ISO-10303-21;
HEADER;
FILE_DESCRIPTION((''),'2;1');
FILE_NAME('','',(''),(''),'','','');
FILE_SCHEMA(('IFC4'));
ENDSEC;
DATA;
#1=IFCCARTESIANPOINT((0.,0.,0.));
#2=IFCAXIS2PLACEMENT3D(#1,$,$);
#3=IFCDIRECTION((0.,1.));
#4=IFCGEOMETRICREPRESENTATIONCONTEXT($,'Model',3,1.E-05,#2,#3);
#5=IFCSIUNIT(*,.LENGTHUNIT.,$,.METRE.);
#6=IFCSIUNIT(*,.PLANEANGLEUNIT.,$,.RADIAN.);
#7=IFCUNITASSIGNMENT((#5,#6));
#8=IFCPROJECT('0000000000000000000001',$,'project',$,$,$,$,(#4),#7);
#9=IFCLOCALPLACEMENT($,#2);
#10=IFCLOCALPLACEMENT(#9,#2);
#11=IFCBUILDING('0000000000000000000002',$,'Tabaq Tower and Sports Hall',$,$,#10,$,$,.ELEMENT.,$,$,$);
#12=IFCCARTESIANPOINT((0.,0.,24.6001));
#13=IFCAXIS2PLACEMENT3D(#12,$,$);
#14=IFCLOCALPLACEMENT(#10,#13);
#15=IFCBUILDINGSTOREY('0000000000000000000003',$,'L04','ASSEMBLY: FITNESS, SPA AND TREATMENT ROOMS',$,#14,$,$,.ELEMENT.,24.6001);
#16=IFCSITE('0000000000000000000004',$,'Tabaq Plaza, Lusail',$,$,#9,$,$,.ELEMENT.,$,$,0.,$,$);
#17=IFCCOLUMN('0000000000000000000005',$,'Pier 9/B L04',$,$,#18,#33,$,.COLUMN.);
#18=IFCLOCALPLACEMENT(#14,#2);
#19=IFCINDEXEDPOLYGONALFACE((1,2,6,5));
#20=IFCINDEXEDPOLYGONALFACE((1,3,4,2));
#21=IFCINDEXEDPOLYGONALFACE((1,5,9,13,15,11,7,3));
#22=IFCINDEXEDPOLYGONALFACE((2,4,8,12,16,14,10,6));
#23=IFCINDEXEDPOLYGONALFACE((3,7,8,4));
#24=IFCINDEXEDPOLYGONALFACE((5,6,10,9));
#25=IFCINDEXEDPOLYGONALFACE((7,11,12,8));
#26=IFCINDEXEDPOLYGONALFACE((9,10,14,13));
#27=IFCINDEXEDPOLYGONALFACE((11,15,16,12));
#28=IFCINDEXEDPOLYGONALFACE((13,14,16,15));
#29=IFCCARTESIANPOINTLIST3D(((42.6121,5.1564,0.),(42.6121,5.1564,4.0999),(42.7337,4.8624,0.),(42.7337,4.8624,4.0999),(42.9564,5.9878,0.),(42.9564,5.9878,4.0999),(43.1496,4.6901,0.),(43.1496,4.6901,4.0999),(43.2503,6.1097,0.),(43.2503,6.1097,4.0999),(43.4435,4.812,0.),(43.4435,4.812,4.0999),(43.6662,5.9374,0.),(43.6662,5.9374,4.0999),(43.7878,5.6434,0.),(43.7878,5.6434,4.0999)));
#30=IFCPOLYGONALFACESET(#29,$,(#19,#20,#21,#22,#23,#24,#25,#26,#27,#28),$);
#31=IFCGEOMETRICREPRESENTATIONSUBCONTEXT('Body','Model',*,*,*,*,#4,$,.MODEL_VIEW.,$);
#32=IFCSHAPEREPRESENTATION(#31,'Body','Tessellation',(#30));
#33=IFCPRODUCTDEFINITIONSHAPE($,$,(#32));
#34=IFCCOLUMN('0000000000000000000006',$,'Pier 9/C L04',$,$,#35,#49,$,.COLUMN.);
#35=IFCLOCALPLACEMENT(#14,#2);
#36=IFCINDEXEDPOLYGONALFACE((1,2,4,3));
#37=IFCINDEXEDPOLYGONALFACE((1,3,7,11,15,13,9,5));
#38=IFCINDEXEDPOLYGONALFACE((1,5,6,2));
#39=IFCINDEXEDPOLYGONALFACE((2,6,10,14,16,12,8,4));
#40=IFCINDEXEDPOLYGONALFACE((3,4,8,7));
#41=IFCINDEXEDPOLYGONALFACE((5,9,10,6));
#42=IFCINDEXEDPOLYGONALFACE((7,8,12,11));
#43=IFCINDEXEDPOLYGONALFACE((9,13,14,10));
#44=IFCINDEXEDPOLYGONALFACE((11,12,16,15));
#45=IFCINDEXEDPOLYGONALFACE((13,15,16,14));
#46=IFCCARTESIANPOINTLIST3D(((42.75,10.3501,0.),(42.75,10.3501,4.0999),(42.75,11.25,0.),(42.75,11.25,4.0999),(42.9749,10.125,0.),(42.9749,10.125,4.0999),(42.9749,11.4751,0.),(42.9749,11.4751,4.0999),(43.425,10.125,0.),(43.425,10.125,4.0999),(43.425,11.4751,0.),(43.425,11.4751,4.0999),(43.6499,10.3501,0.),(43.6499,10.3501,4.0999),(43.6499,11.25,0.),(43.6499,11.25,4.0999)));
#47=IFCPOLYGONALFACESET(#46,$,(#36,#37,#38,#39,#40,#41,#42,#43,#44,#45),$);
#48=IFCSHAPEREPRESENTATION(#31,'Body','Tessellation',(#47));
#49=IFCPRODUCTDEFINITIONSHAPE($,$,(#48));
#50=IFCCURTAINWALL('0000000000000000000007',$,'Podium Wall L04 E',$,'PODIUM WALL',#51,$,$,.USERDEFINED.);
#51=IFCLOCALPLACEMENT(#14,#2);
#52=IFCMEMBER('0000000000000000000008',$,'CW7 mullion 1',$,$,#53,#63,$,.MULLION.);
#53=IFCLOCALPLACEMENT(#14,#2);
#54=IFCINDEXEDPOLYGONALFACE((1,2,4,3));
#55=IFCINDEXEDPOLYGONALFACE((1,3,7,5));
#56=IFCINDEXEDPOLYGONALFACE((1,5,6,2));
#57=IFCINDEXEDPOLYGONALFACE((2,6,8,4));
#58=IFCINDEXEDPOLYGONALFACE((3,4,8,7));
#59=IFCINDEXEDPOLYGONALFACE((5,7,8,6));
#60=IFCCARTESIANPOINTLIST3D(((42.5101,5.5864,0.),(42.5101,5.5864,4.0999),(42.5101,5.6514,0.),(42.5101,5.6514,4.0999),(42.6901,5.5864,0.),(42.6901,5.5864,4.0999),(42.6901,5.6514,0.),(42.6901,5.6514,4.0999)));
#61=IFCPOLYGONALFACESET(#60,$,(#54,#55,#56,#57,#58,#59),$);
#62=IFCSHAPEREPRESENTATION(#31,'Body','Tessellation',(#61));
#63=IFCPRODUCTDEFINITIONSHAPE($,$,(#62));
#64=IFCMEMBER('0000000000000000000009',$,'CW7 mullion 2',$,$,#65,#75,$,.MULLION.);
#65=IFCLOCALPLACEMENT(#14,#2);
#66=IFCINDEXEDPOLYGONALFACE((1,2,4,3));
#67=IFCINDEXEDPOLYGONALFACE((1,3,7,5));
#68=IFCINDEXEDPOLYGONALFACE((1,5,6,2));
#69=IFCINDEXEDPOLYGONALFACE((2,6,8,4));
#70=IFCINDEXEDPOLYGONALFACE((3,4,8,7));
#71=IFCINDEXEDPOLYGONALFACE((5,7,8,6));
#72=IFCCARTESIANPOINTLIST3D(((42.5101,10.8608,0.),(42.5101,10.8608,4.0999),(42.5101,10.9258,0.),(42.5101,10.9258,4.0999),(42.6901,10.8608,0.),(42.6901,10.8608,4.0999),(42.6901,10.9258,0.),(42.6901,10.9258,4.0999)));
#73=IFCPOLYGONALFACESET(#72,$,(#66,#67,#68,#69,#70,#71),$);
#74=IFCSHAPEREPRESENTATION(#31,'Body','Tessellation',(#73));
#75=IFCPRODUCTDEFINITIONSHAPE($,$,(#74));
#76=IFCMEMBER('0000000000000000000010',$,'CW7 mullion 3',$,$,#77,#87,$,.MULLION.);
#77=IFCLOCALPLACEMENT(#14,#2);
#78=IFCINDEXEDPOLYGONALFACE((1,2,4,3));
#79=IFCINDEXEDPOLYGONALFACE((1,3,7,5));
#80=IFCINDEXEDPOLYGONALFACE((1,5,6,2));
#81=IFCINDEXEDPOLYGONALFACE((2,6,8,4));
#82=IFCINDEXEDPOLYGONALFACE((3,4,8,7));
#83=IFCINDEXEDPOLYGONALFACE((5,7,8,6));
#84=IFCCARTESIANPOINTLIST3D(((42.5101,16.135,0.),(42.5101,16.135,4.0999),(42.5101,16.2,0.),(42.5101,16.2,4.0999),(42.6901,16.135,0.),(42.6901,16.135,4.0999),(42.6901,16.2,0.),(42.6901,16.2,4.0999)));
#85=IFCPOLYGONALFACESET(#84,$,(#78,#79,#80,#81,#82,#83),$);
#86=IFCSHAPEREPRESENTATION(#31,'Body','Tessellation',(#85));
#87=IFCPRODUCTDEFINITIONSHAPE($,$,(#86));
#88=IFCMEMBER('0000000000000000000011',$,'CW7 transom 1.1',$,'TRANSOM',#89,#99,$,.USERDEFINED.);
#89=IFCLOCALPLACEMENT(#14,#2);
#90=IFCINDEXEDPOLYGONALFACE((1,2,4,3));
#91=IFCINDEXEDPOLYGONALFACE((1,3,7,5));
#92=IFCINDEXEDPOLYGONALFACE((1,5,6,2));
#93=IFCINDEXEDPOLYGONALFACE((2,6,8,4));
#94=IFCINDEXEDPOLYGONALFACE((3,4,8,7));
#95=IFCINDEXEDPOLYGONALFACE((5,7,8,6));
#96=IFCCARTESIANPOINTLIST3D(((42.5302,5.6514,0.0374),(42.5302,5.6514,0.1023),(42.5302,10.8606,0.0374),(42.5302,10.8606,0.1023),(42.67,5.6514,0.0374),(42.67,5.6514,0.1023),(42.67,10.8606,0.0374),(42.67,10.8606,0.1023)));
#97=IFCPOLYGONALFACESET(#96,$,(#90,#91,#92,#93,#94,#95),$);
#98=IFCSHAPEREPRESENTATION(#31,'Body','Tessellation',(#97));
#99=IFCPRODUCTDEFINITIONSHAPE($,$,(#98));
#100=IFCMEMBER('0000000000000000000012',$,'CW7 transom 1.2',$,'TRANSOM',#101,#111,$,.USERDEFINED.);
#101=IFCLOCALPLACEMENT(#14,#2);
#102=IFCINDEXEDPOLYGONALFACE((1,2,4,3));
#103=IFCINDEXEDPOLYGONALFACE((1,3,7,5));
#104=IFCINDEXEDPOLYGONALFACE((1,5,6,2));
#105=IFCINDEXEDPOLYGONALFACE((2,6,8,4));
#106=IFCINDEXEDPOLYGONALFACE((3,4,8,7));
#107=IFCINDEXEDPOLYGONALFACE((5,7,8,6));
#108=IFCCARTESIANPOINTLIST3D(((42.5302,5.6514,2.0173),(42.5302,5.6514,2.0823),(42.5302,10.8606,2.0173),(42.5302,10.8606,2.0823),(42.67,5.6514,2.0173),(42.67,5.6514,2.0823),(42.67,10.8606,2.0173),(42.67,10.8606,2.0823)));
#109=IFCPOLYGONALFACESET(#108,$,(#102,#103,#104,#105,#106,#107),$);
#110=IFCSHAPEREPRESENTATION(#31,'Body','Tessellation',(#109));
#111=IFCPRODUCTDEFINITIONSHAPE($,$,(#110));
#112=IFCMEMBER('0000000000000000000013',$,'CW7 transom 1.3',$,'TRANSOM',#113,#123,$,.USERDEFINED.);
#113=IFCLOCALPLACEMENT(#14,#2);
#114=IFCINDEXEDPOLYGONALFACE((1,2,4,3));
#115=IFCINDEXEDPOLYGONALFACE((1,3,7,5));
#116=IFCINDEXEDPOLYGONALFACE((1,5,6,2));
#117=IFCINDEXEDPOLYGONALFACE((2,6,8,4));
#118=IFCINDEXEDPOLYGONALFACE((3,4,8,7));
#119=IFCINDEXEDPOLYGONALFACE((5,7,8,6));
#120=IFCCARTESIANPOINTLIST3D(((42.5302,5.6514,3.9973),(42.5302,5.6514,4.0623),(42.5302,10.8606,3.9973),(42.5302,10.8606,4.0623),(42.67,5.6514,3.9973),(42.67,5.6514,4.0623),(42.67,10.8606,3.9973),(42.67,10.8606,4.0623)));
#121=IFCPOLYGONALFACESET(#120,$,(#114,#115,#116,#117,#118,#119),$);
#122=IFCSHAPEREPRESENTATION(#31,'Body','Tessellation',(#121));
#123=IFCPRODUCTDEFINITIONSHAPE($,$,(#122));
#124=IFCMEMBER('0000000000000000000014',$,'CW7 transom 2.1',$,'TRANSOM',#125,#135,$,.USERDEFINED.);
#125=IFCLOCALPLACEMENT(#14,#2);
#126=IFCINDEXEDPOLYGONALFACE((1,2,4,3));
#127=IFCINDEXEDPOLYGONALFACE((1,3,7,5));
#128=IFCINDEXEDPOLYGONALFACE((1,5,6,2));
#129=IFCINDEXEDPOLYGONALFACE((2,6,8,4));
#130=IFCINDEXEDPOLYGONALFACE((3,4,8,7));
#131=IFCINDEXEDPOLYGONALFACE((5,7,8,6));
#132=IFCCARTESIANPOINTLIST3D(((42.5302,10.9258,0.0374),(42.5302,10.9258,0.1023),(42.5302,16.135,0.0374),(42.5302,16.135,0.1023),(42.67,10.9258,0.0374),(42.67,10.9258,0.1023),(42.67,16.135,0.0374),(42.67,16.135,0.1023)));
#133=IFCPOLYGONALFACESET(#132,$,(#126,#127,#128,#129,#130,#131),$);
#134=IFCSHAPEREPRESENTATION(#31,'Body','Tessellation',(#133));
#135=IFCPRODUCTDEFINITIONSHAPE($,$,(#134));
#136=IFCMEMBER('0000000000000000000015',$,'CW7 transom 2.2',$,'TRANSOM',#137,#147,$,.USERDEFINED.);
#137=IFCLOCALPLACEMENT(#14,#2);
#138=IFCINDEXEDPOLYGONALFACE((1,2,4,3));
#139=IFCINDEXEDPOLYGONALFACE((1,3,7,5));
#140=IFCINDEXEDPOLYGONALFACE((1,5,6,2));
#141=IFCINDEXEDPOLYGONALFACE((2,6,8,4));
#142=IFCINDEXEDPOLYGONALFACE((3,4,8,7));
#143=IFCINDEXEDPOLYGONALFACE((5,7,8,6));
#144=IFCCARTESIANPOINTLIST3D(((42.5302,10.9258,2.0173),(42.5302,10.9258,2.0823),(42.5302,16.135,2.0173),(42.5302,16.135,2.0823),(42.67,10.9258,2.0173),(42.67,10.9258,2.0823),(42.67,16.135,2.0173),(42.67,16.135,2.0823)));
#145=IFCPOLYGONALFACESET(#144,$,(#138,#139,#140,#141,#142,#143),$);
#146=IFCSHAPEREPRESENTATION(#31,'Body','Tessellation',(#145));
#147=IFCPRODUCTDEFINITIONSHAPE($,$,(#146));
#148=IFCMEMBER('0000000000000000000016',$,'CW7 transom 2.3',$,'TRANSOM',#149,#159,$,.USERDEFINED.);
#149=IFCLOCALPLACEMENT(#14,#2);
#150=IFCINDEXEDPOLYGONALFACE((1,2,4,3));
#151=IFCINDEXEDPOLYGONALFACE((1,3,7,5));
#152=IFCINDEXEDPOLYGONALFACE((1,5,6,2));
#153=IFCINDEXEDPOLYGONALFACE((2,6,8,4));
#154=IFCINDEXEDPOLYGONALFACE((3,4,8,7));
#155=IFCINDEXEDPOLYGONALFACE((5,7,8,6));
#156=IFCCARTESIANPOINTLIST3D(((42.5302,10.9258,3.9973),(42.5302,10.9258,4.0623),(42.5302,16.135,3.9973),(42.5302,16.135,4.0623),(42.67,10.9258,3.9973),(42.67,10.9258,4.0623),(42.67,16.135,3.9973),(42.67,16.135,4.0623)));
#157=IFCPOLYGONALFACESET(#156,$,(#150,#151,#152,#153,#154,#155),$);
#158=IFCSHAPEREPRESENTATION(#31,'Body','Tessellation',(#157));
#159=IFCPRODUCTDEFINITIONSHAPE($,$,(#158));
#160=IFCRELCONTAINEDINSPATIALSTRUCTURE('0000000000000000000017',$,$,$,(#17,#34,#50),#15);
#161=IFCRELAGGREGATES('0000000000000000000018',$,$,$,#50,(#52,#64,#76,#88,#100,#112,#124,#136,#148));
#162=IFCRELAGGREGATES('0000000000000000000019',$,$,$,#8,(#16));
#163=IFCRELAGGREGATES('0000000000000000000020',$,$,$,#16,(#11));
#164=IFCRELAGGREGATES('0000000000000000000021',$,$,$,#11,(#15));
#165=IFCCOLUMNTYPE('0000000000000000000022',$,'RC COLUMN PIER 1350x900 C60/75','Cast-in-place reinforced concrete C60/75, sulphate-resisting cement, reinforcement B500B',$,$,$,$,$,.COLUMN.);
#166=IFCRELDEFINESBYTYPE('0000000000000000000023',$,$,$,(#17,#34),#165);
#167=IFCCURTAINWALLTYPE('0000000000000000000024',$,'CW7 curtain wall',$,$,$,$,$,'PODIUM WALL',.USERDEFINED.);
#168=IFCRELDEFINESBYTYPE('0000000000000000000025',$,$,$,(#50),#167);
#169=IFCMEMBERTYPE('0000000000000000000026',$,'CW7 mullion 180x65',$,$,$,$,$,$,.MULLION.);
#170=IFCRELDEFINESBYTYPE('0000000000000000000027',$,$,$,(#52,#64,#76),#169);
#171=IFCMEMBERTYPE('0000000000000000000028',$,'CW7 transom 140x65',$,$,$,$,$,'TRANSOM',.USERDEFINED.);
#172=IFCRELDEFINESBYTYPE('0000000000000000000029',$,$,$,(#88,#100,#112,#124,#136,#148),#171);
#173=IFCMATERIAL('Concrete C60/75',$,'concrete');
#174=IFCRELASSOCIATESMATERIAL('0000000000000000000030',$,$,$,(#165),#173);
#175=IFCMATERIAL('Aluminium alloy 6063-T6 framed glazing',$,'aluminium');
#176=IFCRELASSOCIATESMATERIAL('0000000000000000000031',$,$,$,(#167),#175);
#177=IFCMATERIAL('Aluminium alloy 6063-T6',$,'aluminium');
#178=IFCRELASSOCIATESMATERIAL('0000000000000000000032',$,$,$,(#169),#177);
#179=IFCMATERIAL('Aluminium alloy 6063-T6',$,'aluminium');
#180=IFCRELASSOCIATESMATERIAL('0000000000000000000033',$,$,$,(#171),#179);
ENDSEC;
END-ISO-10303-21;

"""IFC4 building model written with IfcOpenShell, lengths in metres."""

from ifc_helpers import new_model, si_unit, direction, frame, origin, origin_2d, place, context, subcontext, project, spatial, polyline, rectangle, outline, extrude, material, material_profile, profile_set, type_object, element, aggregate, save


model = new_model("IFC4")

# Units and contexts
model_context = context("Model", 3, precision=1e-05, world=origin(), true_north=direction((0.0, 1.0)))
body_context = subcontext(model_context, "Body", "Model", "MODEL_VIEW")
ifc_project = project(units=[si_unit("LENGTHUNIT", "METRE"), si_unit("PLANEANGLEUNIT", "RADIAN")], contexts=[model_context])

# Site, building, storey
site_placement = place(None, origin())
site = spatial("IfcSite", under=ifc_project, at=site_placement, Name="Tabaq Plaza, Lusail", CompositionType="ELEMENT", RefElevation=0.0)
building_placement = place(site_placement, origin())
building = spatial("IfcBuilding", under=site, at=building_placement, Name="Tabaq Tower and Sports Hall", CompositionType="ELEMENT")
storey_placement = place(building_placement, frame((0.0, 0.0, 24.6001)))
storey = spatial("IfcBuildingStorey", under=building, at=storey_placement, Name="L04", Description="ASSEMBLY: FITNESS, SPA AND TREATMENT ROOMS", CompositionType="ELEMENT", Elevation=24.6001)

# Columns
ifc_material_1 = material(Name="Concrete C60/75", Category="concrete")
ifc_material_profile_1 = material_profile(ifc_material_1, outline(polyline([(-0.45, -0.45), (0.45, -0.45), (0.675, -0.2251), (0.675, 0.2251), (0.45, 0.45), (-0.45, 0.45), (-0.675, 0.2251), (-0.675, -0.2251), (-0.45, -0.45)])), Name="PIER 1350x900")
ifc_profile_set_1 = profile_set([ifc_material_profile_1], Name="Concrete C60/75")
column_type = type_object("IfcColumnType", Name="RC COLUMN PIER 1350x900 C60/75", Description="Cast-in-place reinforced concrete C60/75, sulphate-resisting cement, reinforcement B500B", PredefinedType="COLUMN", material=ifc_profile_set_1)
for number, where, z_axis, x_axis, name in (
    (1, (43.2, 5.3999, 0.0), (0.0, 0.0, 1.0), (0.382683, 0.92388, 0.0), "Pier 9/B L04"),
    (2, (43.2, 10.8, 0.0), (0.0, 0.0, 1.0), (0.0, 1.0, 0.0), "Pier 9/C L04"),
):
    element("IfcColumn", number, at=place(storey_placement, frame(where, z_axis=z_axis, x_axis=x_axis)), inside=storey, type_object=column_type, Name=name, PredefinedType="COLUMN", context=body_context, shape_type="SweptSolid", body=[
        extrude(outline(polyline([(-0.45, -0.45), (0.45, -0.45), (0.675, -0.2251), (0.675, 0.2251), (0.45, 0.45), (-0.45, 0.45), (-0.675, 0.2251), (-0.675, -0.2251), (-0.45, -0.45)])), origin(), (0.0, 0.0, 1.0), 4.0999),
    ])

# Curtain wall, members
ifc_material_2 = material(Name="Aluminium alloy 6063-T6 framed glazing", Category="aluminium")
curtain_wall_type = type_object("IfcCurtainWallType", Name="CW7 curtain wall", ElementType="PODIUM WALL", PredefinedType="USERDEFINED", material=ifc_material_2)
curtain_wall_placement = place(storey_placement, origin())
curtain_wall = element("IfcCurtainWall", 3, at=curtain_wall_placement, inside=storey, type_object=curtain_wall_type, Name="Podium Wall L04 E", ObjectType="PODIUM WALL", PredefinedType="USERDEFINED")
ifc_material_3 = material(Name="Aluminium alloy 6063-T6", Category="aluminium")
ifc_material_profile_2 = material_profile(ifc_material_3, rectangle(XDim=0.1799, YDim=0.0649, at=origin_2d()), Name="MULLION 180x65")
ifc_profile_set_2 = profile_set([ifc_material_profile_2], Name="Aluminium alloy 6063-T6")
member_type_1 = type_object("IfcMemberType", Name="CW7 mullion 180x65", PredefinedType="MULLION", material=ifc_profile_set_2)
member_1_placement = place(storey_placement, frame((42.6001, 5.6189, 0.0), z_axis=(0.0, 0.0, 1.0), x_axis=(-1.0, 0.0, 0.0)))
member_1 = element("IfcMember", 4, at=member_1_placement, type_object=member_type_1, Name="CW7 mullion 1", PredefinedType="MULLION", context=body_context, shape_type="SweptSolid", body=[
    extrude(rectangle(XDim=0.1799, YDim=0.0649, at=origin_2d()), origin(), (0.0, 0.0, 1.0), 4.0999),
])
member_2_placement = place(storey_placement, frame((42.6001, 10.8933, 0.0), z_axis=(0.0, 0.0, 1.0), x_axis=(-1.0, 0.0, 0.0)))
member_2 = element("IfcMember", 5, at=member_2_placement, type_object=member_type_1, Name="CW7 mullion 2", PredefinedType="MULLION", context=body_context, shape_type="SweptSolid", body=[
    extrude(rectangle(XDim=0.1799, YDim=0.0649, at=origin_2d()), origin(), (0.0, 0.0, 1.0), 4.0999),
])
member_3_placement = place(storey_placement, frame((42.6001, 16.1675, 0.0), z_axis=(0.0, 0.0, 1.0), x_axis=(-1.0, 0.0, 0.0)))
member_3 = element("IfcMember", 6, at=member_3_placement, type_object=member_type_1, Name="CW7 mullion 3", PredefinedType="MULLION", context=body_context, shape_type="SweptSolid", body=[
    extrude(rectangle(XDim=0.1799, YDim=0.0649, at=origin_2d()), origin(), (0.0, 0.0, 1.0), 4.0999),
])
ifc_material_4 = material(Name="Aluminium alloy 6063-T6", Category="aluminium")
ifc_material_profile_3 = material_profile(ifc_material_4, rectangle(XDim=0.1399, YDim=0.0649, at=origin_2d()), Name="TRANSOM 140x65")
ifc_profile_set_3 = profile_set([ifc_material_profile_3], Name="Aluminium alloy 6063-T6")
member_type_2 = type_object("IfcMemberType", Name="CW7 transom 140x65", ElementType="TRANSOM", PredefinedType="USERDEFINED", material=ifc_profile_set_3)
member_4_placement = place(storey_placement, frame((42.6001, 5.6514, 0.0698), z_axis=(0.0, 1.0, 0.0), x_axis=(-1.0, 0.0, 0.0)))
member_4 = element("IfcMember", 7, at=member_4_placement, type_object=member_type_2, Name="CW7 transom 1.1", ObjectType="TRANSOM", PredefinedType="USERDEFINED", context=body_context, shape_type="SweptSolid", body=[
    extrude(rectangle(XDim=0.1399, YDim=0.0649, at=origin_2d()), origin(), (0.0, 0.0, 1.0), 5.2092),
])
member_5_placement = place(storey_placement, frame((42.6001, 5.6514, 2.0498), z_axis=(0.0, 1.0, 0.0), x_axis=(-1.0, 0.0, 0.0)))
member_5 = element("IfcMember", 8, at=member_5_placement, type_object=member_type_2, Name="CW7 transom 1.2", ObjectType="TRANSOM", PredefinedType="USERDEFINED", context=body_context, shape_type="SweptSolid", body=[
    extrude(rectangle(XDim=0.1399, YDim=0.0649, at=origin_2d()), origin(), (0.0, 0.0, 1.0), 5.2092),
])
member_6_placement = place(storey_placement, frame((42.6001, 5.6514, 4.0298), z_axis=(0.0, 1.0, 0.0), x_axis=(-1.0, 0.0, 0.0)))
member_6 = element("IfcMember", 9, at=member_6_placement, type_object=member_type_2, Name="CW7 transom 1.3", ObjectType="TRANSOM", PredefinedType="USERDEFINED", context=body_context, shape_type="SweptSolid", body=[
    extrude(rectangle(XDim=0.1399, YDim=0.0649, at=origin_2d()), origin(), (0.0, 0.0, 1.0), 5.2092),
])
member_7_placement = place(storey_placement, frame((42.6001, 10.9258, 0.0698), z_axis=(0.0, 1.0, 0.0), x_axis=(-1.0, 0.0, 0.0)))
member_7 = element("IfcMember", 10, at=member_7_placement, type_object=member_type_2, Name="CW7 transom 2.1", ObjectType="TRANSOM", PredefinedType="USERDEFINED", context=body_context, shape_type="SweptSolid", body=[
    extrude(rectangle(XDim=0.1399, YDim=0.0649, at=origin_2d()), origin(), (0.0, 0.0, 1.0), 5.2092),
])
member_8_placement = place(storey_placement, frame((42.6001, 10.9258, 2.0498), z_axis=(0.0, 1.0, 0.0), x_axis=(-1.0, 0.0, 0.0)))
member_8 = element("IfcMember", 11, at=member_8_placement, type_object=member_type_2, Name="CW7 transom 2.2", ObjectType="TRANSOM", PredefinedType="USERDEFINED", context=body_context, shape_type="SweptSolid", body=[
    extrude(rectangle(XDim=0.1399, YDim=0.0649, at=origin_2d()), origin(), (0.0, 0.0, 1.0), 5.2092),
])
member_9_placement = place(storey_placement, frame((42.6001, 10.9258, 4.0298), z_axis=(0.0, 1.0, 0.0), x_axis=(-1.0, 0.0, 0.0)))
member_9 = element("IfcMember", 12, at=member_9_placement, type_object=member_type_2, Name="CW7 transom 2.3", ObjectType="TRANSOM", PredefinedType="USERDEFINED", context=body_context, shape_type="SweptSolid", body=[
    extrude(rectangle(XDim=0.1399, YDim=0.0649, at=origin_2d()), origin(), (0.0, 0.0, 1.0), 5.2092),
])

aggregate(curtain_wall, [member_1, member_2, member_3, member_4, member_5, member_6, member_7, member_8, member_9])

save(model, "model.ifc")
